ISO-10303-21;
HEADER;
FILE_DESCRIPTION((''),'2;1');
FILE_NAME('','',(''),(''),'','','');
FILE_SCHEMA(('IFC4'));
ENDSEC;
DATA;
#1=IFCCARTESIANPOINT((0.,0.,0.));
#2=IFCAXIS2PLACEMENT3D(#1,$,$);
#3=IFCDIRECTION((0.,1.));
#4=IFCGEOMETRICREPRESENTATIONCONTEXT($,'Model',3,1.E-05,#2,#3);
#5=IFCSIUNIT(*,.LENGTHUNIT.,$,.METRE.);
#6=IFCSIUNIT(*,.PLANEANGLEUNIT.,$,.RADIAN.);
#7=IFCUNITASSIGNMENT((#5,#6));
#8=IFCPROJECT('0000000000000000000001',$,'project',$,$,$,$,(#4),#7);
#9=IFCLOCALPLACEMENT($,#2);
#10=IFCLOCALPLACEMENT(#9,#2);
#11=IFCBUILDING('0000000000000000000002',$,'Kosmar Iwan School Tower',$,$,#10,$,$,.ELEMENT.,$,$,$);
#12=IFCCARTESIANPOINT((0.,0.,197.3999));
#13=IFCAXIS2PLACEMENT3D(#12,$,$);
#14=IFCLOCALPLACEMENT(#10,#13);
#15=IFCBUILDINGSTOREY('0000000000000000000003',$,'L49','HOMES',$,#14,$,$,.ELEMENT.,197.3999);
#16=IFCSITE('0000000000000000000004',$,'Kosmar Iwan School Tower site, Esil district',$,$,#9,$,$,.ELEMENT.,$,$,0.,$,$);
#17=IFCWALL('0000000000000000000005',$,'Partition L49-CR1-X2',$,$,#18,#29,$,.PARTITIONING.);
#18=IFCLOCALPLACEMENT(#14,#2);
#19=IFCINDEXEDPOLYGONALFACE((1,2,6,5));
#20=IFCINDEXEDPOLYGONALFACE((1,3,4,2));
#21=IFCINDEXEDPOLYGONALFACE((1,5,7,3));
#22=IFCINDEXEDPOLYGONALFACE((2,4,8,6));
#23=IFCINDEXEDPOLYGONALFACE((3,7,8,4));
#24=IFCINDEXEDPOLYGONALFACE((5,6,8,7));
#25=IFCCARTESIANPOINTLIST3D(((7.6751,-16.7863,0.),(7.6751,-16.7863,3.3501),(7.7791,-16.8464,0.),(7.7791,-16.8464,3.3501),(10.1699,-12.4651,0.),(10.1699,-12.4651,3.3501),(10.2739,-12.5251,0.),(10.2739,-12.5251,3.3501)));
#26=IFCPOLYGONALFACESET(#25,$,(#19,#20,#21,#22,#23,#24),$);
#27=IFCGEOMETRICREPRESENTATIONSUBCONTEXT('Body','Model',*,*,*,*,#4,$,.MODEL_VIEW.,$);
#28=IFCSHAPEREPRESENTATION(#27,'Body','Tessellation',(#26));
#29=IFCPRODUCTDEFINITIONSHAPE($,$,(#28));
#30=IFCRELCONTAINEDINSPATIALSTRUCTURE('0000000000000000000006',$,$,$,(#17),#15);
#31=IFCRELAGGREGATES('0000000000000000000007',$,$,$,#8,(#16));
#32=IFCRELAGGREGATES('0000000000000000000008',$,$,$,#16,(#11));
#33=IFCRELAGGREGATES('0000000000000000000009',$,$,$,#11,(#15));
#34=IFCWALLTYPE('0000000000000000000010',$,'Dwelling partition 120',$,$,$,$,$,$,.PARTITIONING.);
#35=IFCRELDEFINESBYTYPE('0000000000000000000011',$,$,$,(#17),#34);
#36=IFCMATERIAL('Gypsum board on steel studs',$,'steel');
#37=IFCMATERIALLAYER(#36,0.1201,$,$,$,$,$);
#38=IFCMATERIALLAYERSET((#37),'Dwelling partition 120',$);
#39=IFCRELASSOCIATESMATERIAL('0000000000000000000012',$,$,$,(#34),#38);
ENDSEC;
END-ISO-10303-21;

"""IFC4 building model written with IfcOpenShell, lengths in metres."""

from ifc_helpers import new_model, si_unit, direction, frame, frame_2d, origin, place, context, subcontext, project, spatial, rectangle, extrude, material, layer, layer_set, type_object, element, save


model = new_model("IFC4")

# Units and contexts
model_context = context("Model", 3, precision=1e-05, world=origin(), true_north=direction((0.0, 1.0)))
body_context = subcontext(model_context, "Body", "Model", "MODEL_VIEW")
ifc_project = project(units=[si_unit("LENGTHUNIT", "METRE"), si_unit("PLANEANGLEUNIT", "RADIAN")], contexts=[model_context])

# Site, building, storey
site_placement = place(None, origin())
site = spatial("IfcSite", under=ifc_project, at=site_placement, Name="Kosmar Iwan School Tower site, Esil district", CompositionType="ELEMENT", RefElevation=0.0)
building_placement = place(site_placement, origin())
building = spatial("IfcBuilding", under=site, at=building_placement, Name="Kosmar Iwan School Tower", CompositionType="ELEMENT")
storey_placement = place(building_placement, frame((0.0, 0.0, 197.3999)))
storey = spatial("IfcBuildingStorey", under=building, at=storey_placement, Name="L49", Description="HOMES", CompositionType="ELEMENT", Elevation=197.3999)

# Shared definitions
ifc_material_1 = material(Name="Gypsum board on steel studs", Category="steel")
ifc_layer = layer(ifc_material_1, 0.1201)
ifc_layer_set = layer_set([ifc_layer], Name="Dwelling partition 120")
wall_type = type_object("IfcWallType", Name="Dwelling partition 120", PredefinedType="PARTITIONING", material=ifc_layer_set)

# Wall
wall_1_placement = place(storey_placement, frame((10.2219, -12.4951, 0.0), z_axis=(0.0, 0.0, 1.0), x_axis=(-0.499996, -0.866028, 0.0)))
element("IfcWall", 1, at=wall_1_placement, inside=storey, type_object=wall_type, Name="Partition L49-CR1-X2", PredefinedType="PARTITIONING", context=body_context, shape_type="SweptSolid", body=[
    extrude(rectangle(XDim=4.9897, YDim=0.1201, at=frame_2d((2.4949, 0.0))), origin(), (0.0, 0.0, 1.0), 3.3501),
])

save(model, "model.ifc")
